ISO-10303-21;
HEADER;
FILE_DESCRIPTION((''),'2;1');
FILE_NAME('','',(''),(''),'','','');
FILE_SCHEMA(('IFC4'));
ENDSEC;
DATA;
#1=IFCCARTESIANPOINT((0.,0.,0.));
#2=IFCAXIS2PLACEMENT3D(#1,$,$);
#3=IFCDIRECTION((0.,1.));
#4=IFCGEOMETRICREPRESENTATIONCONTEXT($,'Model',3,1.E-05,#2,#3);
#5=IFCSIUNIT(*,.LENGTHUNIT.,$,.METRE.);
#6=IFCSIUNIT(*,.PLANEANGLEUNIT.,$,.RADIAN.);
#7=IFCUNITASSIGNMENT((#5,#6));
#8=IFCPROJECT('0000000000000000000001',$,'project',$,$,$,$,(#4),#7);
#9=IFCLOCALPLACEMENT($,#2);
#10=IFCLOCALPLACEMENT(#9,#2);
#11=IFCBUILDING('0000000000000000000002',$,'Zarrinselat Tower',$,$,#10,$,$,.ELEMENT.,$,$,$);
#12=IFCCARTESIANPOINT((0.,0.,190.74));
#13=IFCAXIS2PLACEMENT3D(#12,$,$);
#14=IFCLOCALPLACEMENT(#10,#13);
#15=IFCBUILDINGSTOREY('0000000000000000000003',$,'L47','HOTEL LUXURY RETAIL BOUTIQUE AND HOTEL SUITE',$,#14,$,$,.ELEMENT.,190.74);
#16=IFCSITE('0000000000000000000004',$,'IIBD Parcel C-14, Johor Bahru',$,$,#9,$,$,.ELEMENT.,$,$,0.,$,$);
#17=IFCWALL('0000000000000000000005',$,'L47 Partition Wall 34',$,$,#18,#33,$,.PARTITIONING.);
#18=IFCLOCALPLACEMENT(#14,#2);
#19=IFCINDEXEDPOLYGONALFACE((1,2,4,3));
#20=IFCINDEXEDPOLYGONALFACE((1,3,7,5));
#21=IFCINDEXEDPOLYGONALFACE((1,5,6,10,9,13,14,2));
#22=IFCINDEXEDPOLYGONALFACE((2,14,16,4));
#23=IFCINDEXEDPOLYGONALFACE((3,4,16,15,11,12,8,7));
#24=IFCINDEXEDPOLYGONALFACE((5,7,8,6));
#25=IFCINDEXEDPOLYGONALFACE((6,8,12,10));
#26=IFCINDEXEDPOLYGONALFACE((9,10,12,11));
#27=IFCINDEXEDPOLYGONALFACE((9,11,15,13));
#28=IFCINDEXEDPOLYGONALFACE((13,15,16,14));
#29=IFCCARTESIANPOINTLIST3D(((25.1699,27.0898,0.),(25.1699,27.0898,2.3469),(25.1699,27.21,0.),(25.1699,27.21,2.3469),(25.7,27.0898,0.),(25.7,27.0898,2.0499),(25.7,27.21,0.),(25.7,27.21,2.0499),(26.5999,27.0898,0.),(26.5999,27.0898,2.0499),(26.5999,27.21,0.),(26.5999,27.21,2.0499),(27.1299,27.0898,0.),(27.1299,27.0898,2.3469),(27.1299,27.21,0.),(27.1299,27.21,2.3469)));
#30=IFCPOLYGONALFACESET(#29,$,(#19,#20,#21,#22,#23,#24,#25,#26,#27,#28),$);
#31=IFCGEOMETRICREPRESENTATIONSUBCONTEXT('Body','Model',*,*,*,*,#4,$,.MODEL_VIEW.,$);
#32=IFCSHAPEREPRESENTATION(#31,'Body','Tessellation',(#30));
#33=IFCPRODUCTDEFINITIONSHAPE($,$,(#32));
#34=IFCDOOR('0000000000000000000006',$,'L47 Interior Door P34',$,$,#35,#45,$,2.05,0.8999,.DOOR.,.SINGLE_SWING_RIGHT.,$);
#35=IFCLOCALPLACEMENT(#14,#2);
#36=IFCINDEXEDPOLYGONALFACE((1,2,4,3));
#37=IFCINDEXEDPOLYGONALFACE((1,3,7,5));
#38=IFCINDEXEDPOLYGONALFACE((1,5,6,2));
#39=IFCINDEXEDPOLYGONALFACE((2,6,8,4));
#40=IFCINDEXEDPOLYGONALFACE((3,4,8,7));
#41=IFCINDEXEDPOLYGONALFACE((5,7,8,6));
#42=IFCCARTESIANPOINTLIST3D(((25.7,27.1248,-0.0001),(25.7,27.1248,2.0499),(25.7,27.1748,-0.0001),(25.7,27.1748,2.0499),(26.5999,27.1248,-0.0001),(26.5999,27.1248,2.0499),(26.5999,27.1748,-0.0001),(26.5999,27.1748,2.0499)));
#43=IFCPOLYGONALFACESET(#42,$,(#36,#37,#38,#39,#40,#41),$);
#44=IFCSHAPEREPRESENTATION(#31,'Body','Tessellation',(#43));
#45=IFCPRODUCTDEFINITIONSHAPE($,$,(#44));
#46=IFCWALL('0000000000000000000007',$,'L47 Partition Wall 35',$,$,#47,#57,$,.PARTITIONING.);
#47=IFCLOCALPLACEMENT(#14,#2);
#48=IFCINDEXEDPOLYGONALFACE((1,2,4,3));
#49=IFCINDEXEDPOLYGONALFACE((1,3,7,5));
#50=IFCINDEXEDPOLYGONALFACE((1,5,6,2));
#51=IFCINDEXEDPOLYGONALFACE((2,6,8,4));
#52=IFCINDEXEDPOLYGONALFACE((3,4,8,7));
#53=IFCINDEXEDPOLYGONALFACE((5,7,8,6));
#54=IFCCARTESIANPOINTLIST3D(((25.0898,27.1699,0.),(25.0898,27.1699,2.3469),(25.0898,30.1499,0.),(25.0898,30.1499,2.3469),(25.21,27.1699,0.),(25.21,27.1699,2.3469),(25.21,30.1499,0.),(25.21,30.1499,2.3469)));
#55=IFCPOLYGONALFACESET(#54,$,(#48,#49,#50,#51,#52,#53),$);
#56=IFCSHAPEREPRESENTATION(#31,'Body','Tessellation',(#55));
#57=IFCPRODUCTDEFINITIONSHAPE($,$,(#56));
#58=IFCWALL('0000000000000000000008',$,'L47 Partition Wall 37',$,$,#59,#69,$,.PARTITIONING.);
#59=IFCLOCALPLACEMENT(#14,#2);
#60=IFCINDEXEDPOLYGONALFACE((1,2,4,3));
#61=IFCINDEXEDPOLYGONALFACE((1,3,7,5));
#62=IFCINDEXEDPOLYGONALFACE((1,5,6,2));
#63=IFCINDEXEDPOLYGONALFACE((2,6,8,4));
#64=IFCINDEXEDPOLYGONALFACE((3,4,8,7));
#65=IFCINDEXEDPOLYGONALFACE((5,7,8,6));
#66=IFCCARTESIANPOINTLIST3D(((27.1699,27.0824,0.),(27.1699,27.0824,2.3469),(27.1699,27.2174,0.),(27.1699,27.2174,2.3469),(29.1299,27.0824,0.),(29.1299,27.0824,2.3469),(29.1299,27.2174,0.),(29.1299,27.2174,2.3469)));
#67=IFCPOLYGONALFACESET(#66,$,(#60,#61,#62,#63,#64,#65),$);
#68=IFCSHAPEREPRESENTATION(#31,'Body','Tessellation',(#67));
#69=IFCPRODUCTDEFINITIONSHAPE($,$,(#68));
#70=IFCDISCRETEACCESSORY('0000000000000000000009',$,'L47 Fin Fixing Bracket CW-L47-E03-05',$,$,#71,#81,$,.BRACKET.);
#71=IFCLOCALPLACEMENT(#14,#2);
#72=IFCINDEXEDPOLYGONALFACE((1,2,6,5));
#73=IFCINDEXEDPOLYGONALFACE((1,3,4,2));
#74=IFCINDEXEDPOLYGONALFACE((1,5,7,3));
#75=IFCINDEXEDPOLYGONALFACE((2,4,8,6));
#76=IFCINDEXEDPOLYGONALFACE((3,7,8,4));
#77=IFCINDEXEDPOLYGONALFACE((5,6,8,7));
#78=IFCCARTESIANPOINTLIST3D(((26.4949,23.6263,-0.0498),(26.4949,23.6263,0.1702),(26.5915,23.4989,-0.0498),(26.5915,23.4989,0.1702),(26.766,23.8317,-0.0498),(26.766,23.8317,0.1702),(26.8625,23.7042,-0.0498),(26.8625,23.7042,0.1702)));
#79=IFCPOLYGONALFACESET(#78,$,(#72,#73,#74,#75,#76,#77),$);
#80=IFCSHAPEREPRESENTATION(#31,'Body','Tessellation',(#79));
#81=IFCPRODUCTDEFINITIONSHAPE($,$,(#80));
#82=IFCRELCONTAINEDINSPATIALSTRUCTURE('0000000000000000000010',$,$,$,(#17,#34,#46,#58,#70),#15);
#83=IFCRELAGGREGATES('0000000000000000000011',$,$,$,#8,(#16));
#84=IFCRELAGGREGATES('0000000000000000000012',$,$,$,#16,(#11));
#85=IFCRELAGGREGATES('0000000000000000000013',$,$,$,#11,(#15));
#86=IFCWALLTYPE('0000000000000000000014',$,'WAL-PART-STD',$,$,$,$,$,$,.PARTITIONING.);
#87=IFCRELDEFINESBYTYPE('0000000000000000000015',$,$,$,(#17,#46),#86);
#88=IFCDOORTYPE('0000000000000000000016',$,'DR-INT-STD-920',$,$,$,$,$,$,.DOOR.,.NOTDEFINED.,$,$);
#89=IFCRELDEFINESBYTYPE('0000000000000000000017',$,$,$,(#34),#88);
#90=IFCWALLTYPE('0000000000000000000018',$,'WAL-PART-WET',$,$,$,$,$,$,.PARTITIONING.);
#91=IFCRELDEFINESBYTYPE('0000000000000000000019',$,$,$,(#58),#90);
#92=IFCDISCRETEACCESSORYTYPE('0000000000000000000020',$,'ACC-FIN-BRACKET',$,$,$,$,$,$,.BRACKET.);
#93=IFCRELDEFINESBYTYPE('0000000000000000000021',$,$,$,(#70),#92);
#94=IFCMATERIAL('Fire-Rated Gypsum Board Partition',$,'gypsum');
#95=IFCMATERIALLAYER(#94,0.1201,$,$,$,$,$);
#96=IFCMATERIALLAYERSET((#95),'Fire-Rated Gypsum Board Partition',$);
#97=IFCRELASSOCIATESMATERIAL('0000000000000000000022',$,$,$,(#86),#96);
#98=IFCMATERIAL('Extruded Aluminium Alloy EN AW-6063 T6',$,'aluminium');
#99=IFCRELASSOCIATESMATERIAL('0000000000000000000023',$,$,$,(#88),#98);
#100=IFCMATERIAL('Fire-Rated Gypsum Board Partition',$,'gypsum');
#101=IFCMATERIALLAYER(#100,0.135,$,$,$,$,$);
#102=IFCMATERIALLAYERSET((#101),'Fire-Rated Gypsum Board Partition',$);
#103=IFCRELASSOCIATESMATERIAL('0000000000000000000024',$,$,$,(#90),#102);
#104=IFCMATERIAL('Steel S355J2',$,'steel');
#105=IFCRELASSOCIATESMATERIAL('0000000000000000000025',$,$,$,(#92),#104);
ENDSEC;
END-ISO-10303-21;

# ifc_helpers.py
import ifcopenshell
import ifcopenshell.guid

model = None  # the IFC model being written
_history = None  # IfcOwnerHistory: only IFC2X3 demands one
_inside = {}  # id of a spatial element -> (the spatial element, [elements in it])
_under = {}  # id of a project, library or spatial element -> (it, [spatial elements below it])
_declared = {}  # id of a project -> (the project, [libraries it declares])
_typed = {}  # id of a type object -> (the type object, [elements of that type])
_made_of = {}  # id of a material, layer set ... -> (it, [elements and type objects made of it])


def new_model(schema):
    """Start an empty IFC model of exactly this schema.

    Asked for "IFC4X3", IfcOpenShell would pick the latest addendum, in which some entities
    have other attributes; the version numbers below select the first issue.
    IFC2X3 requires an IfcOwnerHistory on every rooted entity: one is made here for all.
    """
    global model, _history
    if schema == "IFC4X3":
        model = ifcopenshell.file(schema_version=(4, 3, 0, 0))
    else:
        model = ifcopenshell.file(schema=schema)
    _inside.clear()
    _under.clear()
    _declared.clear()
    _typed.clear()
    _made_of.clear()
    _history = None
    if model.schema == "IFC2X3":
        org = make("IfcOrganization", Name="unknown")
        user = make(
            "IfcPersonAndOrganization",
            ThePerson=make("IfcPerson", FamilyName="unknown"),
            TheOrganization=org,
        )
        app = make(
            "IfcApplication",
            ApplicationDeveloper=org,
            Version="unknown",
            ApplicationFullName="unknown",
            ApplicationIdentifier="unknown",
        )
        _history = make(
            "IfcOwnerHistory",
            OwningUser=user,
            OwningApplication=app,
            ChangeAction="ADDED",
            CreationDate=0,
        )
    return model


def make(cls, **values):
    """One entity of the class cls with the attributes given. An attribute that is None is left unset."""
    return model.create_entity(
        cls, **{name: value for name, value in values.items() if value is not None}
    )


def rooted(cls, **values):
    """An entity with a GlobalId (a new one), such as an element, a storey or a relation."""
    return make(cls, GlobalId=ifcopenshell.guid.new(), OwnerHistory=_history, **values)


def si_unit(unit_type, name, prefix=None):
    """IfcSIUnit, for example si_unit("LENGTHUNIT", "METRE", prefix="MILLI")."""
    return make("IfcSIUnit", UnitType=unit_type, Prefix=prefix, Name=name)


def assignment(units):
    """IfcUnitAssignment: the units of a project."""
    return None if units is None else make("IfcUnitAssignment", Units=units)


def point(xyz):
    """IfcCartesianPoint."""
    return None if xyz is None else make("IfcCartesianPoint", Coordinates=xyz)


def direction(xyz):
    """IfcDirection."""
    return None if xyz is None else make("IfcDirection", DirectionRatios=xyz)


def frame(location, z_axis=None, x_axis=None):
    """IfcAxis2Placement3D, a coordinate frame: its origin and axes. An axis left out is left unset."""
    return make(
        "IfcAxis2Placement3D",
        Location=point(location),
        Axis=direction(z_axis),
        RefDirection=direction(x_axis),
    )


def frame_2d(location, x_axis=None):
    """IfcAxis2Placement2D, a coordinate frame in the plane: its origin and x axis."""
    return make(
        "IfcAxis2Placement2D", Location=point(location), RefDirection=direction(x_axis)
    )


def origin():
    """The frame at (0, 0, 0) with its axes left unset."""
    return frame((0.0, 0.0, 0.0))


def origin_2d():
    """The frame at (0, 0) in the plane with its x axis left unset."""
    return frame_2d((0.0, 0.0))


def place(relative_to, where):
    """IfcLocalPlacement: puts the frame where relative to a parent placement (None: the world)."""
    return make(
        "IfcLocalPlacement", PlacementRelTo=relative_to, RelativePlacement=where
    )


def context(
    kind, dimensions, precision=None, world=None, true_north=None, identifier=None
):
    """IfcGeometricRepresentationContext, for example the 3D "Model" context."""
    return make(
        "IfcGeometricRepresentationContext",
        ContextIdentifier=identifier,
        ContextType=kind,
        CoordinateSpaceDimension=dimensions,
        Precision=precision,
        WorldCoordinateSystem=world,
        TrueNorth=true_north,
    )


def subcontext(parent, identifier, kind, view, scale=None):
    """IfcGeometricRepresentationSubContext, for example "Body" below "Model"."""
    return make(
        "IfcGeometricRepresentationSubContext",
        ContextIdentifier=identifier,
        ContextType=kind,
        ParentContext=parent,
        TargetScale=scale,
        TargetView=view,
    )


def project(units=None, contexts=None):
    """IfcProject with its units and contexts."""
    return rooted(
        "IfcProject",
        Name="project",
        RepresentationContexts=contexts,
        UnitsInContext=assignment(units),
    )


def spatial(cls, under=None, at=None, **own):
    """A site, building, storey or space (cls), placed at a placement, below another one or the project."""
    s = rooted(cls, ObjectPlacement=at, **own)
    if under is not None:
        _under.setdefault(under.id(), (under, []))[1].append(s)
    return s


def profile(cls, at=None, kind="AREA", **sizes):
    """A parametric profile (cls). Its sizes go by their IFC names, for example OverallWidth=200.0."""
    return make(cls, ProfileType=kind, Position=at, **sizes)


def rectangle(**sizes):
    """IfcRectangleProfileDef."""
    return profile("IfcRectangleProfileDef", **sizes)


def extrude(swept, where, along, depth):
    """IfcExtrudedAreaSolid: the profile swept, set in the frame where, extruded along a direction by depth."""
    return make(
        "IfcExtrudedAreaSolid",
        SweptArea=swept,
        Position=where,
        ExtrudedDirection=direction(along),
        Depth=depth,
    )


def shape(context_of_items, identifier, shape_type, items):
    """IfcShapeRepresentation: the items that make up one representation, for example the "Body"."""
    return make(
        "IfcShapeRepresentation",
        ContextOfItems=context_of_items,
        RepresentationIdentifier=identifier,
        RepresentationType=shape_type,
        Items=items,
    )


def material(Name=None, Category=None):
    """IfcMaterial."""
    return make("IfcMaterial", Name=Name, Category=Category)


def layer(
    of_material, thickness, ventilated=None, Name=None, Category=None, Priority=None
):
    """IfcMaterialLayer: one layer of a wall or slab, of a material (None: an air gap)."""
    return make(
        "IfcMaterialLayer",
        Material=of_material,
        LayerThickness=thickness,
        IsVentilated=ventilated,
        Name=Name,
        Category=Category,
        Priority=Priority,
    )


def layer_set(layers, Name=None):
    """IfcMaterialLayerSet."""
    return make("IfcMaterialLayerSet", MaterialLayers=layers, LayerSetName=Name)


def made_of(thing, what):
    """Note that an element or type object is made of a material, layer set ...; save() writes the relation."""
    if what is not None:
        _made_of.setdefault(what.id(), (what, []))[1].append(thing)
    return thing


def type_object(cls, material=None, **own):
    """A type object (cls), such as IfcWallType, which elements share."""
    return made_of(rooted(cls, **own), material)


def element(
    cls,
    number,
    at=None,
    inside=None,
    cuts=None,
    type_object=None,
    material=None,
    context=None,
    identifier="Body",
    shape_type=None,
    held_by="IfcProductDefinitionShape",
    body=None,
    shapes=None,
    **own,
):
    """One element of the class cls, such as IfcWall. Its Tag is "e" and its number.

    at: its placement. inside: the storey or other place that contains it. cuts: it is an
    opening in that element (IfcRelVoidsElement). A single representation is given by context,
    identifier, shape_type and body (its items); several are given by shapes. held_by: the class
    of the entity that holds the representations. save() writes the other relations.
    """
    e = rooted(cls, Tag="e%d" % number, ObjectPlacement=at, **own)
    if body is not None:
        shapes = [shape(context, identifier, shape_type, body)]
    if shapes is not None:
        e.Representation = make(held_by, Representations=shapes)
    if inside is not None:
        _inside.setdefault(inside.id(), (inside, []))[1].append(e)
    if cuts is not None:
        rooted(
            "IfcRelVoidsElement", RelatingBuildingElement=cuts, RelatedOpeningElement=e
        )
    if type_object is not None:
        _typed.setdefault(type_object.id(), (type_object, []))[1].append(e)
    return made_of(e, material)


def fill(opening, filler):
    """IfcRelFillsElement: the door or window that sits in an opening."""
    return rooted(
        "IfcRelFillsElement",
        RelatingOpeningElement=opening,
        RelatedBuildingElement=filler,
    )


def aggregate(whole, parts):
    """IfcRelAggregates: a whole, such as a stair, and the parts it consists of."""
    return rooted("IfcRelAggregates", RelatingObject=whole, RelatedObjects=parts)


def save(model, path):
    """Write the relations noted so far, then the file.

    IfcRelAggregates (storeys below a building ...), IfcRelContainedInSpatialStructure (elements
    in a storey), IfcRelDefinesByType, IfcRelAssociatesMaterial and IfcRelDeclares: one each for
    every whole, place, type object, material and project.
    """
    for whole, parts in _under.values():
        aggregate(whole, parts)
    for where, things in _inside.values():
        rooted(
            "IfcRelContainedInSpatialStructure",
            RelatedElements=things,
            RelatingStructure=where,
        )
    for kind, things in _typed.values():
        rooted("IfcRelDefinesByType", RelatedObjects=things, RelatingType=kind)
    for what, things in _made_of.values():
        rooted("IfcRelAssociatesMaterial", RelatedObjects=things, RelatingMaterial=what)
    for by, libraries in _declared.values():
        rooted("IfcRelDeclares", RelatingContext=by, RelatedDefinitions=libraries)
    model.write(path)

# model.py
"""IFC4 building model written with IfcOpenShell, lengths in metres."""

from ifc_helpers import new_model, si_unit, direction, frame, frame_2d, origin, origin_2d, place, context, subcontext, project, spatial, rectangle, extrude, material, layer, layer_set, type_object, element, fill, save


model = new_model("IFC4")

# Units and contexts
model_context = context("Model", 3, precision=1e-05, world=origin(), true_north=direction((0.0, 1.0)))
body_context = subcontext(model_context, "Body", "Model", "MODEL_VIEW")
ifc_project = project(units=[si_unit("LENGTHUNIT", "METRE"), si_unit("PLANEANGLEUNIT", "RADIAN")], contexts=[model_context])

# Site, building, storey
site_placement = place(None, origin())
site = spatial("IfcSite", under=ifc_project, at=site_placement, Name="IIBD Parcel C-14, Johor Bahru", CompositionType="ELEMENT", RefElevation=0.0)
building_placement = place(site_placement, origin())
building = spatial("IfcBuilding", under=site, at=building_placement, Name="Zarrinselat Tower", CompositionType="ELEMENT")
storey_placement = place(building_placement, frame((0.0, 0.0, 190.74)))
storey = spatial("IfcBuildingStorey", under=building, at=storey_placement, Name="L47", Description="HOTEL LUXURY RETAIL BOUTIQUE AND HOTEL SUITE", CompositionType="ELEMENT", Elevation=190.74)

# Wall, opening, door
ifc_material_1 = material(Name="Fire-Rated Gypsum Board Partition", Category="gypsum")
ifc_layer_1 = layer(ifc_material_1, 0.1201)
ifc_layer_set_1 = layer_set([ifc_layer_1], Name="Fire-Rated Gypsum Board Partition")
wall_type_1 = type_object("IfcWallType", Name="WAL-PART-STD", PredefinedType="PARTITIONING", material=ifc_layer_set_1)
wall_1_placement = place(storey_placement, frame((25.1699, 27.1499, 0.0), z_axis=(0.0, 0.0, 1.0), x_axis=(1.0, 0.0, 0.0)))
wall_1 = element("IfcWall", 1, at=wall_1_placement, inside=storey, type_object=wall_type_1, Name="L47 Partition Wall 34", PredefinedType="PARTITIONING", context=body_context, shape_type="SweptSolid", body=[
    extrude(rectangle(XDim=1.96, YDim=0.1201, at=frame_2d((0.98, 0.0))), origin(), (0.0, 0.0, 1.0), 2.3469),
])
opening_placement = place(wall_1_placement, frame((0.53, 0.0, 0.0)))
opening = element("IfcOpeningElement", 2, at=opening_placement, cuts=wall_1, PredefinedType="OPENING", context=body_context, shape_type="SweptSolid", body=[
    extrude(rectangle(XDim=0.8999, YDim=2.05, at=frame_2d((0.45, 1.0249))), frame((0.0, 0.0701, 0.0), z_axis=(0.0, -1.0, 0.0), x_axis=(1.0, 0.0, 0.0)), (0.0, 0.0, 1.0), 0.1401),
])
ifc_material_2 = material(Name="Extruded Aluminium Alloy EN AW-6063 T6", Category="aluminium")
door_type = type_object("IfcDoorType", Name="DR-INT-STD-920", OperationType="NOTDEFINED", PredefinedType="DOOR", material=ifc_material_2)
door_placement = place(opening_placement, origin())
door = element("IfcDoor", 3, at=door_placement, inside=storey, type_object=door_type, Name="L47 Interior Door P34", OperationType="SINGLE_SWING_RIGHT", OverallHeight=2.05, OverallWidth=0.8999, PredefinedType="DOOR", context=body_context, shape_type="SweptSolid", body=[
    extrude(rectangle(XDim=0.8999, YDim=2.05, at=frame_2d((0.45, 1.0249))), frame((0.0, 0.0249, 0.0), z_axis=(0.0, -1.0, 0.0), x_axis=(1.0, 0.0, 0.0)), (0.0, 0.0, 1.0), 0.05),
])
fill(opening, door)

# Walls
wall_2_placement = place(storey_placement, frame((25.1499, 27.1699, 0.0), z_axis=(0.0, 0.0, 1.0), x_axis=(0.0, 1.0, 0.0)))
element("IfcWall", 4, at=wall_2_placement, inside=storey, type_object=wall_type_1, Name="L47 Partition Wall 35", PredefinedType="PARTITIONING", context=body_context, shape_type="SweptSolid", body=[
    extrude(rectangle(XDim=2.98, YDim=0.1201, at=frame_2d((1.49, 0.0))), origin(), (0.0, 0.0, 1.0), 2.3469),
])
ifc_material_3 = material(Name="Fire-Rated Gypsum Board Partition", Category="gypsum")
ifc_layer_2 = layer(ifc_material_3, 0.135)
ifc_layer_set_2 = layer_set([ifc_layer_2], Name="Fire-Rated Gypsum Board Partition")
wall_type_2 = type_object("IfcWallType", Name="WAL-PART-WET", PredefinedType="PARTITIONING", material=ifc_layer_set_2)
wall_3_placement = place(storey_placement, frame((27.1699, 27.1499, 0.0), z_axis=(0.0, 0.0, 1.0), x_axis=(1.0, 0.0, 0.0)))
element("IfcWall", 5, at=wall_3_placement, inside=storey, type_object=wall_type_2, Name="L47 Partition Wall 37", PredefinedType="PARTITIONING", context=body_context, shape_type="SweptSolid", body=[
    extrude(rectangle(XDim=1.96, YDim=0.135, at=frame_2d((0.98, 0.0))), origin(), (0.0, 0.0, 1.0), 2.3469),
])

# Discrete accessory
ifc_material_4 = material(Name="Steel S355J2", Category="steel")
discrete_accessory_type = type_object("IfcDiscreteAccessoryType", Name="ACC-FIN-BRACKET", PredefinedType="BRACKET", material=ifc_material_4)
discrete_accessory_placement = place(storey_placement, frame((26.6787, 23.6653, -0.0498), z_axis=(0.0, 0.0, 1.0), x_axis=(-0.797093, -0.603857, 0.0)))
element("IfcDiscreteAccessory", 6, at=discrete_accessory_placement, inside=storey, type_object=discrete_accessory_type, Name="L47 Fin Fixing Bracket CW-L47-E03-05", PredefinedType="BRACKET", context=body_context, shape_type="SweptSolid", body=[
    extrude(rectangle(XDim=0.3401, YDim=0.1599, at=origin_2d()), origin(), (0.0, 0.0, 1.0), 0.22),
])

save(model, "model.ifc")
